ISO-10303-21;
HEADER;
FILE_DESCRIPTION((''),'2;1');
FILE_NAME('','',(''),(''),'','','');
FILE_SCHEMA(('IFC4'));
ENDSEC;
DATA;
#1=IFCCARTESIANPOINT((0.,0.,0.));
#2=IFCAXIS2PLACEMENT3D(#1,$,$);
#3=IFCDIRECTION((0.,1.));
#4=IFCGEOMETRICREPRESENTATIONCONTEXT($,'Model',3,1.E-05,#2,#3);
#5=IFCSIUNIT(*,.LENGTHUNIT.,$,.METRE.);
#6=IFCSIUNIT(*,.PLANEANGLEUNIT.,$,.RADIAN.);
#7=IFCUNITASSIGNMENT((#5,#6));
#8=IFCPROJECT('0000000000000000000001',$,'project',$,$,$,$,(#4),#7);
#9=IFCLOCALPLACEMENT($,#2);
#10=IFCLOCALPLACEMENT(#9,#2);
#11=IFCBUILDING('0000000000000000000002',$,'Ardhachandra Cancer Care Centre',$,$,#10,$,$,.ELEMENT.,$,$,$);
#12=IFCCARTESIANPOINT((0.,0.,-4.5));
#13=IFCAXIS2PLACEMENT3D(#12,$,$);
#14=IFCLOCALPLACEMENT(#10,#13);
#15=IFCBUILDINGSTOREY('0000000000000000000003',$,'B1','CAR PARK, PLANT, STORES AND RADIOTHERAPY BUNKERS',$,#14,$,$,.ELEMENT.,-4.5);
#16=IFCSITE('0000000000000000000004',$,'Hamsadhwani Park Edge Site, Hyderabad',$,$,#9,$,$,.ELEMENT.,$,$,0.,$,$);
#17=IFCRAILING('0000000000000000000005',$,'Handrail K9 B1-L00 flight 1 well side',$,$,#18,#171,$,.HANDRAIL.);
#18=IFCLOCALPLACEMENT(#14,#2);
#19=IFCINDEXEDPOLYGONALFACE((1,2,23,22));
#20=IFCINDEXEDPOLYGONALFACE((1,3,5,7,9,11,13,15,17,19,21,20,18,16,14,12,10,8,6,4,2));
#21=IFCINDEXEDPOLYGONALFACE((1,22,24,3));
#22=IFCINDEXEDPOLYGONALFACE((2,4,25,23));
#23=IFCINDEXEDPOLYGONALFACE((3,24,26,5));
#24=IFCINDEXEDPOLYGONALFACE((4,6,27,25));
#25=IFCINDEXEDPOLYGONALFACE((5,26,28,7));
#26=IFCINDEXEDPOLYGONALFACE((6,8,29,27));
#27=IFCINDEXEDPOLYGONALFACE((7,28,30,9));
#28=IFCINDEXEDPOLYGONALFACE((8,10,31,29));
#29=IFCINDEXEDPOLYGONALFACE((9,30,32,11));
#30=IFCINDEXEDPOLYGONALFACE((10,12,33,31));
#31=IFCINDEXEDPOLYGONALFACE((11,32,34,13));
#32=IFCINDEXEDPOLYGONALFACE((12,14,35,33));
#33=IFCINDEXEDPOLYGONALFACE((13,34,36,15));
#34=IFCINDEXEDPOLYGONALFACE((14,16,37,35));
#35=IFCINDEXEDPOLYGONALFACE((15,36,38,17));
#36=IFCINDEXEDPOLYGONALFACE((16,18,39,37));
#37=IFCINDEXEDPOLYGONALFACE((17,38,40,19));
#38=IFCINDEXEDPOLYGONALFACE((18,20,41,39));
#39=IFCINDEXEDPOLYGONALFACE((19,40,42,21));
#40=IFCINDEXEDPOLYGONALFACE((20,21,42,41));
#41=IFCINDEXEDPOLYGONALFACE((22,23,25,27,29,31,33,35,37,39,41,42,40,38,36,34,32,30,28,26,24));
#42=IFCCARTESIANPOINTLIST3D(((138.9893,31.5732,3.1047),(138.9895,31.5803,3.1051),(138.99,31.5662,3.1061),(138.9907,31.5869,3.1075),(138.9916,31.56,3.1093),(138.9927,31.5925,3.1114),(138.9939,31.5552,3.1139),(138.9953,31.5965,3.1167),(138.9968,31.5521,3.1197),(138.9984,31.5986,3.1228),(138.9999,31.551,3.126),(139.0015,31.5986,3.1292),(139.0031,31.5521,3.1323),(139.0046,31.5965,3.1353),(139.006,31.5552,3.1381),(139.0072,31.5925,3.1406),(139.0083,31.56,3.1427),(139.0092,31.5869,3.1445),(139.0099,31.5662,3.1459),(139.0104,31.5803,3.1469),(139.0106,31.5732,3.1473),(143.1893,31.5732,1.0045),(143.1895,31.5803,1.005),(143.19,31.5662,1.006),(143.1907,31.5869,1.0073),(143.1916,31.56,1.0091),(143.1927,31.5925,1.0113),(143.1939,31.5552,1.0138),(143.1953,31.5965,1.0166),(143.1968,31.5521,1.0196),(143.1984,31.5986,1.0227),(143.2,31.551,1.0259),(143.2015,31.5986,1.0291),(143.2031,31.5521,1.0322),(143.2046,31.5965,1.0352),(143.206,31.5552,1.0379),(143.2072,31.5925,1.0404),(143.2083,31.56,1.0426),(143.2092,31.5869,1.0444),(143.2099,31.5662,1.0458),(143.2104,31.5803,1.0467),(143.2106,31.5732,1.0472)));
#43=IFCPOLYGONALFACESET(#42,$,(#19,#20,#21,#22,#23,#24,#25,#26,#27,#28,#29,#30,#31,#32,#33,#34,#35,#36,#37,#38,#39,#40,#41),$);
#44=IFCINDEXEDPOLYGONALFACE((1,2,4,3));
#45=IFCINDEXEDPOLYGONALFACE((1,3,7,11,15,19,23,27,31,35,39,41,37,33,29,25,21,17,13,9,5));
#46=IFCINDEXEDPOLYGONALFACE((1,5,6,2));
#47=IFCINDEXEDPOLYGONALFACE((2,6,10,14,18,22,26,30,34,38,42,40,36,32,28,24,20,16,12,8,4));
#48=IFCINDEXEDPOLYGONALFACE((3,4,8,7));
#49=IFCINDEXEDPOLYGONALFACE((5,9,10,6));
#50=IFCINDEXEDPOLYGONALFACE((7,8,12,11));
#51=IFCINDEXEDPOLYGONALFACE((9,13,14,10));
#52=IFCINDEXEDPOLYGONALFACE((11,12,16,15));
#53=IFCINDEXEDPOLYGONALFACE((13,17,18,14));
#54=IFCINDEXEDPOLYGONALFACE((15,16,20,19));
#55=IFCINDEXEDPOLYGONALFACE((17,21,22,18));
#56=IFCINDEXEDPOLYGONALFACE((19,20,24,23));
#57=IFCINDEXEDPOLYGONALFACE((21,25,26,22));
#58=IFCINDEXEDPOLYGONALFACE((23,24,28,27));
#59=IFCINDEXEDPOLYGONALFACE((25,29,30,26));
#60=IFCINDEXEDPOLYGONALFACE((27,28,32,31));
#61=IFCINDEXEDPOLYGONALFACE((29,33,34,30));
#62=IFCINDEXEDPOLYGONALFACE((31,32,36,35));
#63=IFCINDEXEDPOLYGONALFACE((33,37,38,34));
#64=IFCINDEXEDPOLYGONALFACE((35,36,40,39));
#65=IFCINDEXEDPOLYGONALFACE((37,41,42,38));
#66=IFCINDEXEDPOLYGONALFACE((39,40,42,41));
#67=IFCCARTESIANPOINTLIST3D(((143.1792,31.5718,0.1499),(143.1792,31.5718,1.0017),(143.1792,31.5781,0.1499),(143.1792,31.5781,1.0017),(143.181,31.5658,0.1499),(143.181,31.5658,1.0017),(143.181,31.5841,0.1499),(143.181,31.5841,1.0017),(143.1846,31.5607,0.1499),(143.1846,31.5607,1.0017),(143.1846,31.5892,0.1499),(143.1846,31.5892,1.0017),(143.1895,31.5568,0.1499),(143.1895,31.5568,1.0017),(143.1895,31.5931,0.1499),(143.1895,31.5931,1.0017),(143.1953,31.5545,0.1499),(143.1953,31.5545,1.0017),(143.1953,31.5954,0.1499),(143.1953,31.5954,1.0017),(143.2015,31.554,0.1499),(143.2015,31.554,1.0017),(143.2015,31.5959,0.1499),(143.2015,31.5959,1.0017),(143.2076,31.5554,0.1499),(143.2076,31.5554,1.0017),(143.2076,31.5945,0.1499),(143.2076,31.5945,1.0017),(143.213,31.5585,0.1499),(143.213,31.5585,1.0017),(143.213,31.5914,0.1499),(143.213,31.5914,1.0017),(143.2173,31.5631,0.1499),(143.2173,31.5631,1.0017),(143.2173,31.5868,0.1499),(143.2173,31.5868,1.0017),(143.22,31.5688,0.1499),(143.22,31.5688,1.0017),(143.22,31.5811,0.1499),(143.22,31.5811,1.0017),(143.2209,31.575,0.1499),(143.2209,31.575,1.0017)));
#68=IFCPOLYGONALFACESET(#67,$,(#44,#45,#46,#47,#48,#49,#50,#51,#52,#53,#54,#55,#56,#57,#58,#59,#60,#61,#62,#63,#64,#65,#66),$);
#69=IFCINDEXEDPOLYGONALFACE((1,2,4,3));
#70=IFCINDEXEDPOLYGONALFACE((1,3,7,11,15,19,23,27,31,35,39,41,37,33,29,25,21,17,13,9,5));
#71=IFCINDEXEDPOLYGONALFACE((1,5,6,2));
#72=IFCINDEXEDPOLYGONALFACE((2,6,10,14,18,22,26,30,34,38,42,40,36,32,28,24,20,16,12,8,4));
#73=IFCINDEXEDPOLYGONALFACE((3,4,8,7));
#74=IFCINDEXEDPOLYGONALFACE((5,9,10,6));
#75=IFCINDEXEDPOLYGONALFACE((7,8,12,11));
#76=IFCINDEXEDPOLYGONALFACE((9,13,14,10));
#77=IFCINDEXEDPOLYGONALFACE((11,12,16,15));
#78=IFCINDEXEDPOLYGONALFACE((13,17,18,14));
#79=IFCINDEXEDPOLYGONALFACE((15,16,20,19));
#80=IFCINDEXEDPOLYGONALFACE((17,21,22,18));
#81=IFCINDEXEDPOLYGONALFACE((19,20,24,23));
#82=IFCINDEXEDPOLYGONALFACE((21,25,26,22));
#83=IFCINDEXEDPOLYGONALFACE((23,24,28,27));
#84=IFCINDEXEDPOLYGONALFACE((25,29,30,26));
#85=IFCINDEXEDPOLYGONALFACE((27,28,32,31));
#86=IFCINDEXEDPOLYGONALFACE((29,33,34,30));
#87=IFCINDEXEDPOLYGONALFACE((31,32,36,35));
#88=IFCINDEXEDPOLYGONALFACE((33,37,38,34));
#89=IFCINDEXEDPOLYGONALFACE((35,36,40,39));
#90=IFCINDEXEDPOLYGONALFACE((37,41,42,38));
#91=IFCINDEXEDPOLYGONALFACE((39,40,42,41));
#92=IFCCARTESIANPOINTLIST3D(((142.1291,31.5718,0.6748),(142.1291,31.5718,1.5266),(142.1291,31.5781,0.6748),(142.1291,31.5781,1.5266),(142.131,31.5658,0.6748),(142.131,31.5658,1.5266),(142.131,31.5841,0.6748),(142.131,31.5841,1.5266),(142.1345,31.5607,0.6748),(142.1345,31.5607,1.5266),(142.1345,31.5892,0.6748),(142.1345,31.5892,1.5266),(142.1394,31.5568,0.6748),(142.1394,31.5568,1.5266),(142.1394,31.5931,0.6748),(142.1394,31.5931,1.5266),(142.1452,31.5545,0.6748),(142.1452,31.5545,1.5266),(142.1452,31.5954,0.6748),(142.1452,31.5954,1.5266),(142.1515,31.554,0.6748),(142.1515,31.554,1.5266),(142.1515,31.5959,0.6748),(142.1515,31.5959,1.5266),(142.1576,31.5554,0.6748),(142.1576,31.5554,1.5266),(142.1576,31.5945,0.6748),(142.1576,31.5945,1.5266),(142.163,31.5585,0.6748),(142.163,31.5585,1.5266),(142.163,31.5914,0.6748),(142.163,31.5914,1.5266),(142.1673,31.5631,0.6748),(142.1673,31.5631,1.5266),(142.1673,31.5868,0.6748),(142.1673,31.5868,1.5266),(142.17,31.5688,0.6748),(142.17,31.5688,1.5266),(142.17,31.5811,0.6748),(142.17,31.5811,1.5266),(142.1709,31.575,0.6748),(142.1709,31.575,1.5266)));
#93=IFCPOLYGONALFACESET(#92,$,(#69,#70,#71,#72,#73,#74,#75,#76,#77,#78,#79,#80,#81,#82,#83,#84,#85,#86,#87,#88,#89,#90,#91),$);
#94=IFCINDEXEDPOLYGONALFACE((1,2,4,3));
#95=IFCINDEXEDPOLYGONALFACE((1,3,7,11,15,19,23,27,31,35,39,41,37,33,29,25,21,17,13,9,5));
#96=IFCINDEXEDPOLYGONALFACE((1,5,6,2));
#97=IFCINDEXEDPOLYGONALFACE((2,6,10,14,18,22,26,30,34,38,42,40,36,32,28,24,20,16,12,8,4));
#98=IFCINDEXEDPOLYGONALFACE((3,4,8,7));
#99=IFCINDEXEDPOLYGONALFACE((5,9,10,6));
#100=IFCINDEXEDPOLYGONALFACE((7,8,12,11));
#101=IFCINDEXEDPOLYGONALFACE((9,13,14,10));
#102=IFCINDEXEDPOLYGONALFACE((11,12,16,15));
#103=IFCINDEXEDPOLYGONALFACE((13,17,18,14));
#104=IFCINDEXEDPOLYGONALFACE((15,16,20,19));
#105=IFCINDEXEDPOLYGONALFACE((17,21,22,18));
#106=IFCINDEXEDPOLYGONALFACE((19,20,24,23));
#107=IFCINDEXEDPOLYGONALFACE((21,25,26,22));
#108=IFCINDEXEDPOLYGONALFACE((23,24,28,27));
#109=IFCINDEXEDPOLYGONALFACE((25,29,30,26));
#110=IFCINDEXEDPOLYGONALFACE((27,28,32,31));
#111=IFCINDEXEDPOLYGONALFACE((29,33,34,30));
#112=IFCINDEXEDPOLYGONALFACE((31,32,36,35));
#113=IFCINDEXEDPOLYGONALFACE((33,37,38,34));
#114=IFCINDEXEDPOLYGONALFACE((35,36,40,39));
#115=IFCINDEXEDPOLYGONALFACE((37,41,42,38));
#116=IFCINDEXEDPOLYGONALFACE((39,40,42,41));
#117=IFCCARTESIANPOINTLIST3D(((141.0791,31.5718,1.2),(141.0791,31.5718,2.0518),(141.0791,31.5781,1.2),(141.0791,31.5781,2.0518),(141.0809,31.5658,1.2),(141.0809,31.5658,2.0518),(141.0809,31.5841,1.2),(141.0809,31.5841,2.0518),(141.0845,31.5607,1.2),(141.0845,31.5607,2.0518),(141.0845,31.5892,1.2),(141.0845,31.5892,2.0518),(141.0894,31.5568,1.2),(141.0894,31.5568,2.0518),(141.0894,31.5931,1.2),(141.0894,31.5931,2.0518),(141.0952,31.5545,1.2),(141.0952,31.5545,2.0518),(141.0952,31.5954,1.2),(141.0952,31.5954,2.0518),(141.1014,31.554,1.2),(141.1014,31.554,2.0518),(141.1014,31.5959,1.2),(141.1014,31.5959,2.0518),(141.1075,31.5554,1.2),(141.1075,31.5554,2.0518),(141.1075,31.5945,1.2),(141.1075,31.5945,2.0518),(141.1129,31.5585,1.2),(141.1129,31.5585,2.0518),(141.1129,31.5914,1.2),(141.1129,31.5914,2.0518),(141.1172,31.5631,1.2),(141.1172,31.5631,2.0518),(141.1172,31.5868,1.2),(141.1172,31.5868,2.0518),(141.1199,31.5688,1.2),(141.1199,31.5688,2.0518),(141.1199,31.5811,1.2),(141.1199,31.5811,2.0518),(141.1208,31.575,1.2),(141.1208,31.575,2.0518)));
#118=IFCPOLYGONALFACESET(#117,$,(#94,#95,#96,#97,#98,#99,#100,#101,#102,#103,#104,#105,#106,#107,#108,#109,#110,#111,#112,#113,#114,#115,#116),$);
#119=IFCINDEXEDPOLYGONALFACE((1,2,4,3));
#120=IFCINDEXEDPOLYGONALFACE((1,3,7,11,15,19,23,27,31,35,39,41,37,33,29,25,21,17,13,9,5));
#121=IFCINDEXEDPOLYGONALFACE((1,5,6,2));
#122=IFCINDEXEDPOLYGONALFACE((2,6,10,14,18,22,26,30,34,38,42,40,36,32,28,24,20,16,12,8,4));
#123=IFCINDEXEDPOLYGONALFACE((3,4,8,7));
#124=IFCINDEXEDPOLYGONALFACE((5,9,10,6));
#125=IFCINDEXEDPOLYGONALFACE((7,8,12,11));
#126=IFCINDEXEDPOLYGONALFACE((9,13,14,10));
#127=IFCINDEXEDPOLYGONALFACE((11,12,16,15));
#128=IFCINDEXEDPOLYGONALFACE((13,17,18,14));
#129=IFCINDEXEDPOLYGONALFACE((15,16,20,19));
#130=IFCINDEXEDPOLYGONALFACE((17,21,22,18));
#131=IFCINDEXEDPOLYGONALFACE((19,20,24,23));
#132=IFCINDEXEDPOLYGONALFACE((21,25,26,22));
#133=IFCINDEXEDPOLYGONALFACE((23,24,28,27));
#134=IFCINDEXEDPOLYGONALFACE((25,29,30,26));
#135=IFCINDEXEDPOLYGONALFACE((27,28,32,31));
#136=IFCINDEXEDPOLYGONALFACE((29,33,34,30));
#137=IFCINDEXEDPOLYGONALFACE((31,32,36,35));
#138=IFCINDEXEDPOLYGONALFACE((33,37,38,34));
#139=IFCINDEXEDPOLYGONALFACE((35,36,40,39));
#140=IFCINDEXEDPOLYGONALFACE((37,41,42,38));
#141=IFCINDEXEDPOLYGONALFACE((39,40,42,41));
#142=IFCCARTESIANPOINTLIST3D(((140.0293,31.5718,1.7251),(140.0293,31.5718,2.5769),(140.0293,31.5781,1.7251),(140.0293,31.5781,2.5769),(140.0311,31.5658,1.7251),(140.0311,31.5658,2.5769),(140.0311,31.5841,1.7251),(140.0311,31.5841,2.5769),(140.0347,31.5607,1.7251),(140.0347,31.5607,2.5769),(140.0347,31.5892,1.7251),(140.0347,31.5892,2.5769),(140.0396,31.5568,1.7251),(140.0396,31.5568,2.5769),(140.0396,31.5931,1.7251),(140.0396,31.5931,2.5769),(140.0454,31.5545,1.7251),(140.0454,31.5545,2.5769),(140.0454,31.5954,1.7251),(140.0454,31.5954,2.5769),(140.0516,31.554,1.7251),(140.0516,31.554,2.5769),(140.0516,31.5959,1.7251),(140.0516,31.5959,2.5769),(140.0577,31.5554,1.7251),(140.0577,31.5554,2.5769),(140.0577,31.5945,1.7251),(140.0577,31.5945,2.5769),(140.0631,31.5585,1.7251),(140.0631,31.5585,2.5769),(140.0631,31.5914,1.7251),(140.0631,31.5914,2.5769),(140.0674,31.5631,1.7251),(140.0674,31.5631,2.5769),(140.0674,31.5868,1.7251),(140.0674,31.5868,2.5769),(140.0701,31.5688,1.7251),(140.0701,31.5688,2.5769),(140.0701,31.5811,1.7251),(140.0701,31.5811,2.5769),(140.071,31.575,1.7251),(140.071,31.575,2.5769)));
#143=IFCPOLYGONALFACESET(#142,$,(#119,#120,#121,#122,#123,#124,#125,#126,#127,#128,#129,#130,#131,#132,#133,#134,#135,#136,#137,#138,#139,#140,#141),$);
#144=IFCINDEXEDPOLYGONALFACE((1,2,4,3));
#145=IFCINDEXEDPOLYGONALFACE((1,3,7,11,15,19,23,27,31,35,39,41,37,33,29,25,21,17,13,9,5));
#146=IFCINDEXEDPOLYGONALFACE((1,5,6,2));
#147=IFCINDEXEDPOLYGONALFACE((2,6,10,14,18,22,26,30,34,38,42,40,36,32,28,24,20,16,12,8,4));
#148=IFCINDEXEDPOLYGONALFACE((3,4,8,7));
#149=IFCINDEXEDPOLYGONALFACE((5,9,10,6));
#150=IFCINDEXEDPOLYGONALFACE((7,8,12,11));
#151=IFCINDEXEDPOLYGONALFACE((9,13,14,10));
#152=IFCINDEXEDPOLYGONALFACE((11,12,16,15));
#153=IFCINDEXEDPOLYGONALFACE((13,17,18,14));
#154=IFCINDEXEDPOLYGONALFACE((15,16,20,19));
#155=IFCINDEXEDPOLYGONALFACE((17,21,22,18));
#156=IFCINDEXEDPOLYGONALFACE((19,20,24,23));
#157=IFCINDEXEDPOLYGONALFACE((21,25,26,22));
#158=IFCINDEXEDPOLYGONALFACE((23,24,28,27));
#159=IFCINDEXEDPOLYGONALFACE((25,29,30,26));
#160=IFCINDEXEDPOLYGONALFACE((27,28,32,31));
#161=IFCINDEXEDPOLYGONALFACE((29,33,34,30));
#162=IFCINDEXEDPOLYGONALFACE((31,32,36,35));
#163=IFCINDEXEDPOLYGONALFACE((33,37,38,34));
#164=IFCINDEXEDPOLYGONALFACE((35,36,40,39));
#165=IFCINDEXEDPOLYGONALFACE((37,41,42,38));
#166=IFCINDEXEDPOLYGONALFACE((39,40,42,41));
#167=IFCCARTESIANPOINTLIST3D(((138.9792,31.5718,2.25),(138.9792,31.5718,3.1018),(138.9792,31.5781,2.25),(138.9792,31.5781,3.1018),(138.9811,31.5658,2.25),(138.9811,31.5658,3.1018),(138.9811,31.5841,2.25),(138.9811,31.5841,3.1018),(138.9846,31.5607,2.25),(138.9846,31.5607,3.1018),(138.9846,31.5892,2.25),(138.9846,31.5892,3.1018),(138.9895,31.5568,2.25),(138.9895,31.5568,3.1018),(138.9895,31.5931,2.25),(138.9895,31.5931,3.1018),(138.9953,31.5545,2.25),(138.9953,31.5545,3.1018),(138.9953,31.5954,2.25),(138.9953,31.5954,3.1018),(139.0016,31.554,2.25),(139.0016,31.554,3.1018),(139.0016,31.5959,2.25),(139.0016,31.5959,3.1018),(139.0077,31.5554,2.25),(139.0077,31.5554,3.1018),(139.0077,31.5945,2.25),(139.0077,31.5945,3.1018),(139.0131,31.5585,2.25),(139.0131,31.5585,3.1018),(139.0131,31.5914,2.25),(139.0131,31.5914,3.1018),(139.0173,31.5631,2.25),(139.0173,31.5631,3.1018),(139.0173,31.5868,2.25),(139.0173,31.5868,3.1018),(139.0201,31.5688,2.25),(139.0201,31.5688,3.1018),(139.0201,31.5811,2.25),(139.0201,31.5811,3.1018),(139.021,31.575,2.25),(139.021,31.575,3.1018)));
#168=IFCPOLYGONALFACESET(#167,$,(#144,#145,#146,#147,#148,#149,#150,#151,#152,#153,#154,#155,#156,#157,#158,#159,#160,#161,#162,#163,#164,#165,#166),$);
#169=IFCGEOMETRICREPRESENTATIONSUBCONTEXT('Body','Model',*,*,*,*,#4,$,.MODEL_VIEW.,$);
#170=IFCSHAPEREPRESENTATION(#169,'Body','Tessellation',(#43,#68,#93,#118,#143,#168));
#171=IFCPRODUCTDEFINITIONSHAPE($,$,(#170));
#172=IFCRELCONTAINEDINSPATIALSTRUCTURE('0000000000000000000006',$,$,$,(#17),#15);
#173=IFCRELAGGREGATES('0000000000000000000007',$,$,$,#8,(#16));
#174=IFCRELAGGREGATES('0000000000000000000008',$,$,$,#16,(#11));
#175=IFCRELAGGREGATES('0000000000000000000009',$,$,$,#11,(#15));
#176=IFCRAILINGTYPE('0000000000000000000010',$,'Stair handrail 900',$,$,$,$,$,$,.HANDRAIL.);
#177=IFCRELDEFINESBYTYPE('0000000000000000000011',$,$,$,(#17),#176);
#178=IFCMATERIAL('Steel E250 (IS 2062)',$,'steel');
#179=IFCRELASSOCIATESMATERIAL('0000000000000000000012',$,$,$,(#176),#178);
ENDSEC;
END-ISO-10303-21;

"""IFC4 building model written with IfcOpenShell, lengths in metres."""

from ifc_helpers import new_model, si_unit, direction, frame, origin, origin_2d, place, context, subcontext, project, spatial, circle, extrude, material, type_object, element, save


model = new_model("IFC4")

# Units and contexts
model_context = context("Model", 3, precision=1e-05, world=origin(), true_north=direction((0.0, 1.0)))
body_context = subcontext(model_context, "Body", "Model", "MODEL_VIEW")
ifc_project = project(units=[si_unit("LENGTHUNIT", "METRE"), si_unit("PLANEANGLEUNIT", "RADIAN")], contexts=[model_context])

# Site, building, storey
site_placement = place(None, origin())
site = spatial("IfcSite", under=ifc_project, at=site_placement, Name="Hamsadhwani Park Edge Site, Hyderabad", CompositionType="ELEMENT", RefElevation=0.0)
building_placement = place(site_placement, origin())
building = spatial("IfcBuilding", under=site, at=building_placement, Name="Ardhachandra Cancer Care Centre", CompositionType="ELEMENT")
storey_placement = place(building_placement, frame((0.0, 0.0, -4.5)))
storey = spatial("IfcBuildingStorey", under=building, at=storey_placement, Name="B1", Description="CAR PARK, PLANT, STORES AND RADIOTHERAPY BUNKERS", CompositionType="ELEMENT", Elevation=-4.5)

# Railing
ifc_material_1 = material(Name="Steel E250 (IS 2062)", Category="steel")
railing_type = type_object("IfcRailingType", Name="Stair handrail 900", PredefinedType="HANDRAIL", material=ifc_material_1)
for number, where, name in (
    (1, (143.2, 31.575, 0.1499), "Handrail K9 B1-L00 flight 1 well side"),
):
    element("IfcRailing", number, at=place(storey_placement, frame(where)), inside=storey, type_object=railing_type, Name=name, PredefinedType="HANDRAIL", context=body_context, shape_type="SweptSolid", body=[
        extrude(circle(Radius=0.0239, at=origin_2d()), frame((0.0, 0.0, 0.876), z_axis=(-0.894417, 0.0, 0.447234), x_axis=(0.0, -1.0, 0.0)), (0.0, 0.0, 1.0), 4.6958),
        extrude(circle(Radius=0.021, at=origin_2d()), origin(), (0.0, 0.0, 1.0), 0.8518),
        extrude(circle(Radius=0.021, at=origin_2d()), frame((-1.05, 0.0, 0.5249)), (0.0, 0.0, 1.0), 0.8518),
        extrude(circle(Radius=0.021, at=origin_2d()), frame((-2.1001, 0.0, 1.05)), (0.0, 0.0, 1.0), 0.8518),
        extrude(circle(Radius=0.021, at=origin_2d()), frame((-3.1499, 0.0, 1.5752)), (0.0, 0.0, 1.0), 0.8518),
        extrude(circle(Radius=0.021, at=origin_2d()), frame((-4.2, 0.0, 2.1001)), (0.0, 0.0, 1.0), 0.8518),
    ])

save(model, "model.ifc")
